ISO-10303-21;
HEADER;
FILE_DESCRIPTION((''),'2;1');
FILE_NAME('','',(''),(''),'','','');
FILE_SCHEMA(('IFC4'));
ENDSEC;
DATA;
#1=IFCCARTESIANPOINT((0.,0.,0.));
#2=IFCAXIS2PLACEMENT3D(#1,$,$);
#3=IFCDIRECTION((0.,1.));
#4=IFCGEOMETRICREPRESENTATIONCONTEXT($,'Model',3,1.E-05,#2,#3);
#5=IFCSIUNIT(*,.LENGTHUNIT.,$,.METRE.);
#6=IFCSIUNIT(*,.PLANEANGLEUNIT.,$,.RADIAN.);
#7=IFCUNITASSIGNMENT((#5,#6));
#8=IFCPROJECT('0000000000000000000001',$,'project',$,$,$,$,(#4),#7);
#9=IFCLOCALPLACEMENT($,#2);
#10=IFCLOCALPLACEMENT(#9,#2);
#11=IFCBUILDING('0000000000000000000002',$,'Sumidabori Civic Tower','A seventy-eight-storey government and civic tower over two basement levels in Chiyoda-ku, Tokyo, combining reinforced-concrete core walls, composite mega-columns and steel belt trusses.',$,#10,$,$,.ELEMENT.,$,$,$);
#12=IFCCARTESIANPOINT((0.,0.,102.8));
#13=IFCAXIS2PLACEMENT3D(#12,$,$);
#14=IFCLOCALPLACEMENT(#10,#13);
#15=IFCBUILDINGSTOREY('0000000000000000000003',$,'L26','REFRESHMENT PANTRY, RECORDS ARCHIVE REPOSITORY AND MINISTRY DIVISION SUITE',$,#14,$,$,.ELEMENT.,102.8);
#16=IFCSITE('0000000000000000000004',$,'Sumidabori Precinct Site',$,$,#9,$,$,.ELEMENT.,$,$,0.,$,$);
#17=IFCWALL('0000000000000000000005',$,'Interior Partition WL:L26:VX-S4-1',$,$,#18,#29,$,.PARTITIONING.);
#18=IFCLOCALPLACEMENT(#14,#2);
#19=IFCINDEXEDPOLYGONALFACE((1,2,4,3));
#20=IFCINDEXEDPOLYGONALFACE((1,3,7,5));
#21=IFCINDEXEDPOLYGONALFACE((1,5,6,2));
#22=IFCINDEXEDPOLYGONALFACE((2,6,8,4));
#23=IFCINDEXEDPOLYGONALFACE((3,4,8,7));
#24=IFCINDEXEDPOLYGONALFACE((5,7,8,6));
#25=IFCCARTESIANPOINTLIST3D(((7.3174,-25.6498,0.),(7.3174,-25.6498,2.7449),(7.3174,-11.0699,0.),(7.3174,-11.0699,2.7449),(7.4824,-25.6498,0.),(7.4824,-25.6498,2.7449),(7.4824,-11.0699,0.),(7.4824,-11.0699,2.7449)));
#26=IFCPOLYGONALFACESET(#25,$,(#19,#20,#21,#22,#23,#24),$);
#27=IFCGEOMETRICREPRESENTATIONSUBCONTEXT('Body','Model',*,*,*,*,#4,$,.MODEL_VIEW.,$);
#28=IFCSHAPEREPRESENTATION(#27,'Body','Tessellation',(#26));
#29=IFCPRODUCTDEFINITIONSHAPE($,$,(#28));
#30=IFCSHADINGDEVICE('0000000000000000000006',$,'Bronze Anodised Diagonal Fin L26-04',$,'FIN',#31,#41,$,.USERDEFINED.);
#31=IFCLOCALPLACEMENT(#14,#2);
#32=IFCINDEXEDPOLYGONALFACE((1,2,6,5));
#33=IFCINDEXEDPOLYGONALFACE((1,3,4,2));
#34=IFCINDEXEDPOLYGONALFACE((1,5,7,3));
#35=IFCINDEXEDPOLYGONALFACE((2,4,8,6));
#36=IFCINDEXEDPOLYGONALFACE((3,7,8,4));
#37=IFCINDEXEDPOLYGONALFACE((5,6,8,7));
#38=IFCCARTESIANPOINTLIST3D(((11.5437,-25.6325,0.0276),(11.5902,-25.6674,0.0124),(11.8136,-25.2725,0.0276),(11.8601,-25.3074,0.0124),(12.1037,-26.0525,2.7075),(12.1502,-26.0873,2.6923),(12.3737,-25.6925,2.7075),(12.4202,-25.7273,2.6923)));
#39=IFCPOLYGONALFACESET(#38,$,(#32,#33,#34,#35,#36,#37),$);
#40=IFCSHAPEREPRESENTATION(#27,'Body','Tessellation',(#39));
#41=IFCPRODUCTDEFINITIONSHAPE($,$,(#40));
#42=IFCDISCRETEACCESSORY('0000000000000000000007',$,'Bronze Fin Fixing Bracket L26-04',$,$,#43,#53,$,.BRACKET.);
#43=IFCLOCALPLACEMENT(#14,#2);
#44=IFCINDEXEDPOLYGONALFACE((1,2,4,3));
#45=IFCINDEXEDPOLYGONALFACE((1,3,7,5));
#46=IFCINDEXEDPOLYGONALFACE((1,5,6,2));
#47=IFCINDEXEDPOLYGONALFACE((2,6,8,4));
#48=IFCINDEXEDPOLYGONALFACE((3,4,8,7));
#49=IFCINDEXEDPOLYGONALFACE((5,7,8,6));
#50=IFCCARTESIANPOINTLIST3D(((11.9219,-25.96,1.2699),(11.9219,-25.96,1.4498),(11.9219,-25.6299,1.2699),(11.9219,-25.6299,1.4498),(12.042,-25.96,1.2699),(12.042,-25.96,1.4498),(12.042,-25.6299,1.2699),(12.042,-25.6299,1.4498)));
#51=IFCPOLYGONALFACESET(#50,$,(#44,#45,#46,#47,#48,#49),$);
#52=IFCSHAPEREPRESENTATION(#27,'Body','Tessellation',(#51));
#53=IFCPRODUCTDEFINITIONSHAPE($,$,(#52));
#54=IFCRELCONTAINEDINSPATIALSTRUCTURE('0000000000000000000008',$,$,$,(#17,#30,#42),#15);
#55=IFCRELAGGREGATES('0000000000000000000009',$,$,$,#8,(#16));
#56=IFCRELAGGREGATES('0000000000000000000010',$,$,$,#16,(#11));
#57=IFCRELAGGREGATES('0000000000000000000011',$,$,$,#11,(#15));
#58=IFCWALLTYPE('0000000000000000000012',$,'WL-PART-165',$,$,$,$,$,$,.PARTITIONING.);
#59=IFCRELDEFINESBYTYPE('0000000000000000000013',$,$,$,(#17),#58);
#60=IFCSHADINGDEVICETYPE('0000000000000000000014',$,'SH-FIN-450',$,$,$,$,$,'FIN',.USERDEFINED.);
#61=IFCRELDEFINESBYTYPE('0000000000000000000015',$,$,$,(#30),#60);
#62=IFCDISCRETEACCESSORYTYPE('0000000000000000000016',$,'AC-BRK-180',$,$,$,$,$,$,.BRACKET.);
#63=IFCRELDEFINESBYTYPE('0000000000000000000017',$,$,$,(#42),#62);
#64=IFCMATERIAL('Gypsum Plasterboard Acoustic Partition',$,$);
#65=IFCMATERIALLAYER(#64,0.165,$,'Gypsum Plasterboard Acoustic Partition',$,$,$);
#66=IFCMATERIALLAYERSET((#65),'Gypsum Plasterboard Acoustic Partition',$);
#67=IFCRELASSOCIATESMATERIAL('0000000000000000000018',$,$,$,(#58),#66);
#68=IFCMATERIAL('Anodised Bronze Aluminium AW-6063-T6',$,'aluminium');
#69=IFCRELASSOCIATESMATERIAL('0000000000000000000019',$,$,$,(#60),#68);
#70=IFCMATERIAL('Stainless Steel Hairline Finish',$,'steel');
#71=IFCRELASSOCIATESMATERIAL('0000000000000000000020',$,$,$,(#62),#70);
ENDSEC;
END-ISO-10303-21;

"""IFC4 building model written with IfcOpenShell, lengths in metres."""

from ifc_helpers import new_model, si_unit, direction, frame, frame_2d, origin, origin_2d, place, context, subcontext, project, spatial, rectangle, extrude, source, transform, mapped, material, layer, layer_set, material_profile, profile_set, type_object, element, save


model = new_model("IFC4")

# Units and contexts
model_context = context("Model", 3, precision=1e-05, world=origin(), true_north=direction((0.0, 1.0)))
body_context = subcontext(model_context, "Body", "Model", "MODEL_VIEW")
ifc_project = project(units=[si_unit("LENGTHUNIT", "METRE"), si_unit("PLANEANGLEUNIT", "RADIAN")], contexts=[model_context])

# Site, building, storey
site_placement = place(None, origin())
site = spatial("IfcSite", under=ifc_project, at=site_placement, Name="Sumidabori Precinct Site", CompositionType="ELEMENT", RefElevation=0.0)
building_placement = place(site_placement, origin())
building = spatial("IfcBuilding", under=site, at=building_placement, Name="Sumidabori Civic Tower", Description="A seventy-eight-storey government and civic tower over two basement levels in Chiyoda-ku, Tokyo, combining reinforced-concrete core walls, composite mega-columns and steel belt trusses.", CompositionType="ELEMENT")
storey_placement = place(building_placement, frame((0.0, 0.0, 102.8)))
storey = spatial("IfcBuildingStorey", under=building, at=storey_placement, Name="L26", Description="REFRESHMENT PANTRY, RECORDS ARCHIVE REPOSITORY AND MINISTRY DIVISION SUITE", CompositionType="ELEMENT", Elevation=102.8)

# Shared definitions
ifc_material_1 = material(Name="Anodised Bronze Aluminium AW-6063-T6", Category="aluminium")

# Shared definitions
ifc_material_2 = material(Name="Gypsum Plasterboard Acoustic Partition")
ifc_layer_1 = layer(ifc_material_2, 0.165, Name="Gypsum Plasterboard Acoustic Partition")
ifc_layer_set_1 = layer_set([ifc_layer_1], Name="Gypsum Plasterboard Acoustic Partition")
wall_type = type_object("IfcWallType", Name="WL-PART-165", PredefinedType="PARTITIONING", material=ifc_layer_set_1)

# Wall
shared_shape_1 = source(origin(), body_context, "Body", "SweptSolid", [
    extrude(rectangle(XDim=14.5798, YDim=0.165, at=frame_2d((7.29, 0.0))), origin(), (0.0, 0.0, 1.0), 2.7449),
])
wall_1_placement = place(storey_placement, frame((7.3999, -25.6499, 0.0), z_axis=(0.0, 0.0, 1.0), x_axis=(0.0, 1.0, 0.0)))
element("IfcWall", 1, at=wall_1_placement, inside=storey, type_object=wall_type, Name="Interior Partition WL:L26:VX-S4-1", PredefinedType="PARTITIONING", context=body_context, shape_type="MappedRepresentation", body=[
    mapped(shared_shape_1, transform((0.0, 0.0, 0.0), x_axis=(1.0, 0.0, 0.0), y_axis=(0.0, 1.0, 0.0), z_axis=(0.0, 0.0, 1.0), scale=1.0)),
])

# Shading device
ifc_material_profile_1 = material_profile(ifc_material_1, rectangle(XDim=0.0601, YDim=0.45, at=origin_2d()), Name="BRONZE FIN 450x60")
ifc_profile_set_1 = profile_set([ifc_material_profile_1], Name="Anodised Bronze Aluminium AW-6063-T6")
shading_device_type = type_object("IfcShadingDeviceType", Name="SH-FIN-450", ElementType="FIN", PredefinedType="USERDEFINED", material=ifc_profile_set_1)
shared_shape_2 = source(origin(), body_context, "Body", "SweptSolid", [
    extrude(rectangle(XDim=0.0601, YDim=0.45, at=origin_2d()), origin(), (0.0, 0.0, 1.0), 2.7698),
])
shading_device_placement = place(storey_placement, frame((11.7019, -25.47, 0.02), z_axis=(0.202199, -0.151605, 0.967539), x_axis=(0.774112, -0.580415, -0.252722)))
element("IfcShadingDevice", 2, at=shading_device_placement, inside=storey, type_object=shading_device_type, Name="Bronze Anodised Diagonal Fin L26-04", ObjectType="FIN", PredefinedType="USERDEFINED", context=body_context, shape_type="MappedRepresentation", body=[
    mapped(shared_shape_2, transform((0.0, 0.0, 0.0), x_axis=(1.0, 0.0, 0.0), y_axis=(0.0, 1.0, 0.0), z_axis=(0.0, 0.0, 1.0), scale=1.0)),
])

# Discrete accessory
ifc_material_3 = material(Name="Stainless Steel Hairline Finish", Category="steel")
ifc_material_profile_2 = material_profile(ifc_material_3, rectangle(XDim=0.1201, YDim=0.1799, at=origin_2d()), Name="STEEL BRACKET 180x120")
ifc_profile_set_2 = profile_set([ifc_material_profile_2], Name="Stainless Steel Hairline Finish")
discrete_accessory_type = type_object("IfcDiscreteAccessoryType", Name="AC-BRK-180", PredefinedType="BRACKET", material=ifc_profile_set_2)
shared_shape_3 = source(origin(), body_context, "Body", "SweptSolid", [
    extrude(rectangle(XDim=0.1201, YDim=0.1799, at=origin_2d()), origin(), (0.0, 0.0, 1.0), 0.3301),
])
discrete_accessory_placement = place(storey_placement, frame((11.9819, -25.6299, 1.3599), z_axis=(0.0, -1.0, 0.0), x_axis=(1.0, 0.0, 0.0)))
element("IfcDiscreteAccessory", 3, at=discrete_accessory_placement, inside=storey, type_object=discrete_accessory_type, Name="Bronze Fin Fixing Bracket L26-04", PredefinedType="BRACKET", context=body_context, shape_type="MappedRepresentation", body=[
    mapped(shared_shape_3, transform((0.0, 0.0, 0.0), x_axis=(1.0, 0.0, 0.0), y_axis=(0.0, 1.0, 0.0), z_axis=(0.0, 0.0, 1.0), scale=1.0)),
])

save(model, "model.ifc")
